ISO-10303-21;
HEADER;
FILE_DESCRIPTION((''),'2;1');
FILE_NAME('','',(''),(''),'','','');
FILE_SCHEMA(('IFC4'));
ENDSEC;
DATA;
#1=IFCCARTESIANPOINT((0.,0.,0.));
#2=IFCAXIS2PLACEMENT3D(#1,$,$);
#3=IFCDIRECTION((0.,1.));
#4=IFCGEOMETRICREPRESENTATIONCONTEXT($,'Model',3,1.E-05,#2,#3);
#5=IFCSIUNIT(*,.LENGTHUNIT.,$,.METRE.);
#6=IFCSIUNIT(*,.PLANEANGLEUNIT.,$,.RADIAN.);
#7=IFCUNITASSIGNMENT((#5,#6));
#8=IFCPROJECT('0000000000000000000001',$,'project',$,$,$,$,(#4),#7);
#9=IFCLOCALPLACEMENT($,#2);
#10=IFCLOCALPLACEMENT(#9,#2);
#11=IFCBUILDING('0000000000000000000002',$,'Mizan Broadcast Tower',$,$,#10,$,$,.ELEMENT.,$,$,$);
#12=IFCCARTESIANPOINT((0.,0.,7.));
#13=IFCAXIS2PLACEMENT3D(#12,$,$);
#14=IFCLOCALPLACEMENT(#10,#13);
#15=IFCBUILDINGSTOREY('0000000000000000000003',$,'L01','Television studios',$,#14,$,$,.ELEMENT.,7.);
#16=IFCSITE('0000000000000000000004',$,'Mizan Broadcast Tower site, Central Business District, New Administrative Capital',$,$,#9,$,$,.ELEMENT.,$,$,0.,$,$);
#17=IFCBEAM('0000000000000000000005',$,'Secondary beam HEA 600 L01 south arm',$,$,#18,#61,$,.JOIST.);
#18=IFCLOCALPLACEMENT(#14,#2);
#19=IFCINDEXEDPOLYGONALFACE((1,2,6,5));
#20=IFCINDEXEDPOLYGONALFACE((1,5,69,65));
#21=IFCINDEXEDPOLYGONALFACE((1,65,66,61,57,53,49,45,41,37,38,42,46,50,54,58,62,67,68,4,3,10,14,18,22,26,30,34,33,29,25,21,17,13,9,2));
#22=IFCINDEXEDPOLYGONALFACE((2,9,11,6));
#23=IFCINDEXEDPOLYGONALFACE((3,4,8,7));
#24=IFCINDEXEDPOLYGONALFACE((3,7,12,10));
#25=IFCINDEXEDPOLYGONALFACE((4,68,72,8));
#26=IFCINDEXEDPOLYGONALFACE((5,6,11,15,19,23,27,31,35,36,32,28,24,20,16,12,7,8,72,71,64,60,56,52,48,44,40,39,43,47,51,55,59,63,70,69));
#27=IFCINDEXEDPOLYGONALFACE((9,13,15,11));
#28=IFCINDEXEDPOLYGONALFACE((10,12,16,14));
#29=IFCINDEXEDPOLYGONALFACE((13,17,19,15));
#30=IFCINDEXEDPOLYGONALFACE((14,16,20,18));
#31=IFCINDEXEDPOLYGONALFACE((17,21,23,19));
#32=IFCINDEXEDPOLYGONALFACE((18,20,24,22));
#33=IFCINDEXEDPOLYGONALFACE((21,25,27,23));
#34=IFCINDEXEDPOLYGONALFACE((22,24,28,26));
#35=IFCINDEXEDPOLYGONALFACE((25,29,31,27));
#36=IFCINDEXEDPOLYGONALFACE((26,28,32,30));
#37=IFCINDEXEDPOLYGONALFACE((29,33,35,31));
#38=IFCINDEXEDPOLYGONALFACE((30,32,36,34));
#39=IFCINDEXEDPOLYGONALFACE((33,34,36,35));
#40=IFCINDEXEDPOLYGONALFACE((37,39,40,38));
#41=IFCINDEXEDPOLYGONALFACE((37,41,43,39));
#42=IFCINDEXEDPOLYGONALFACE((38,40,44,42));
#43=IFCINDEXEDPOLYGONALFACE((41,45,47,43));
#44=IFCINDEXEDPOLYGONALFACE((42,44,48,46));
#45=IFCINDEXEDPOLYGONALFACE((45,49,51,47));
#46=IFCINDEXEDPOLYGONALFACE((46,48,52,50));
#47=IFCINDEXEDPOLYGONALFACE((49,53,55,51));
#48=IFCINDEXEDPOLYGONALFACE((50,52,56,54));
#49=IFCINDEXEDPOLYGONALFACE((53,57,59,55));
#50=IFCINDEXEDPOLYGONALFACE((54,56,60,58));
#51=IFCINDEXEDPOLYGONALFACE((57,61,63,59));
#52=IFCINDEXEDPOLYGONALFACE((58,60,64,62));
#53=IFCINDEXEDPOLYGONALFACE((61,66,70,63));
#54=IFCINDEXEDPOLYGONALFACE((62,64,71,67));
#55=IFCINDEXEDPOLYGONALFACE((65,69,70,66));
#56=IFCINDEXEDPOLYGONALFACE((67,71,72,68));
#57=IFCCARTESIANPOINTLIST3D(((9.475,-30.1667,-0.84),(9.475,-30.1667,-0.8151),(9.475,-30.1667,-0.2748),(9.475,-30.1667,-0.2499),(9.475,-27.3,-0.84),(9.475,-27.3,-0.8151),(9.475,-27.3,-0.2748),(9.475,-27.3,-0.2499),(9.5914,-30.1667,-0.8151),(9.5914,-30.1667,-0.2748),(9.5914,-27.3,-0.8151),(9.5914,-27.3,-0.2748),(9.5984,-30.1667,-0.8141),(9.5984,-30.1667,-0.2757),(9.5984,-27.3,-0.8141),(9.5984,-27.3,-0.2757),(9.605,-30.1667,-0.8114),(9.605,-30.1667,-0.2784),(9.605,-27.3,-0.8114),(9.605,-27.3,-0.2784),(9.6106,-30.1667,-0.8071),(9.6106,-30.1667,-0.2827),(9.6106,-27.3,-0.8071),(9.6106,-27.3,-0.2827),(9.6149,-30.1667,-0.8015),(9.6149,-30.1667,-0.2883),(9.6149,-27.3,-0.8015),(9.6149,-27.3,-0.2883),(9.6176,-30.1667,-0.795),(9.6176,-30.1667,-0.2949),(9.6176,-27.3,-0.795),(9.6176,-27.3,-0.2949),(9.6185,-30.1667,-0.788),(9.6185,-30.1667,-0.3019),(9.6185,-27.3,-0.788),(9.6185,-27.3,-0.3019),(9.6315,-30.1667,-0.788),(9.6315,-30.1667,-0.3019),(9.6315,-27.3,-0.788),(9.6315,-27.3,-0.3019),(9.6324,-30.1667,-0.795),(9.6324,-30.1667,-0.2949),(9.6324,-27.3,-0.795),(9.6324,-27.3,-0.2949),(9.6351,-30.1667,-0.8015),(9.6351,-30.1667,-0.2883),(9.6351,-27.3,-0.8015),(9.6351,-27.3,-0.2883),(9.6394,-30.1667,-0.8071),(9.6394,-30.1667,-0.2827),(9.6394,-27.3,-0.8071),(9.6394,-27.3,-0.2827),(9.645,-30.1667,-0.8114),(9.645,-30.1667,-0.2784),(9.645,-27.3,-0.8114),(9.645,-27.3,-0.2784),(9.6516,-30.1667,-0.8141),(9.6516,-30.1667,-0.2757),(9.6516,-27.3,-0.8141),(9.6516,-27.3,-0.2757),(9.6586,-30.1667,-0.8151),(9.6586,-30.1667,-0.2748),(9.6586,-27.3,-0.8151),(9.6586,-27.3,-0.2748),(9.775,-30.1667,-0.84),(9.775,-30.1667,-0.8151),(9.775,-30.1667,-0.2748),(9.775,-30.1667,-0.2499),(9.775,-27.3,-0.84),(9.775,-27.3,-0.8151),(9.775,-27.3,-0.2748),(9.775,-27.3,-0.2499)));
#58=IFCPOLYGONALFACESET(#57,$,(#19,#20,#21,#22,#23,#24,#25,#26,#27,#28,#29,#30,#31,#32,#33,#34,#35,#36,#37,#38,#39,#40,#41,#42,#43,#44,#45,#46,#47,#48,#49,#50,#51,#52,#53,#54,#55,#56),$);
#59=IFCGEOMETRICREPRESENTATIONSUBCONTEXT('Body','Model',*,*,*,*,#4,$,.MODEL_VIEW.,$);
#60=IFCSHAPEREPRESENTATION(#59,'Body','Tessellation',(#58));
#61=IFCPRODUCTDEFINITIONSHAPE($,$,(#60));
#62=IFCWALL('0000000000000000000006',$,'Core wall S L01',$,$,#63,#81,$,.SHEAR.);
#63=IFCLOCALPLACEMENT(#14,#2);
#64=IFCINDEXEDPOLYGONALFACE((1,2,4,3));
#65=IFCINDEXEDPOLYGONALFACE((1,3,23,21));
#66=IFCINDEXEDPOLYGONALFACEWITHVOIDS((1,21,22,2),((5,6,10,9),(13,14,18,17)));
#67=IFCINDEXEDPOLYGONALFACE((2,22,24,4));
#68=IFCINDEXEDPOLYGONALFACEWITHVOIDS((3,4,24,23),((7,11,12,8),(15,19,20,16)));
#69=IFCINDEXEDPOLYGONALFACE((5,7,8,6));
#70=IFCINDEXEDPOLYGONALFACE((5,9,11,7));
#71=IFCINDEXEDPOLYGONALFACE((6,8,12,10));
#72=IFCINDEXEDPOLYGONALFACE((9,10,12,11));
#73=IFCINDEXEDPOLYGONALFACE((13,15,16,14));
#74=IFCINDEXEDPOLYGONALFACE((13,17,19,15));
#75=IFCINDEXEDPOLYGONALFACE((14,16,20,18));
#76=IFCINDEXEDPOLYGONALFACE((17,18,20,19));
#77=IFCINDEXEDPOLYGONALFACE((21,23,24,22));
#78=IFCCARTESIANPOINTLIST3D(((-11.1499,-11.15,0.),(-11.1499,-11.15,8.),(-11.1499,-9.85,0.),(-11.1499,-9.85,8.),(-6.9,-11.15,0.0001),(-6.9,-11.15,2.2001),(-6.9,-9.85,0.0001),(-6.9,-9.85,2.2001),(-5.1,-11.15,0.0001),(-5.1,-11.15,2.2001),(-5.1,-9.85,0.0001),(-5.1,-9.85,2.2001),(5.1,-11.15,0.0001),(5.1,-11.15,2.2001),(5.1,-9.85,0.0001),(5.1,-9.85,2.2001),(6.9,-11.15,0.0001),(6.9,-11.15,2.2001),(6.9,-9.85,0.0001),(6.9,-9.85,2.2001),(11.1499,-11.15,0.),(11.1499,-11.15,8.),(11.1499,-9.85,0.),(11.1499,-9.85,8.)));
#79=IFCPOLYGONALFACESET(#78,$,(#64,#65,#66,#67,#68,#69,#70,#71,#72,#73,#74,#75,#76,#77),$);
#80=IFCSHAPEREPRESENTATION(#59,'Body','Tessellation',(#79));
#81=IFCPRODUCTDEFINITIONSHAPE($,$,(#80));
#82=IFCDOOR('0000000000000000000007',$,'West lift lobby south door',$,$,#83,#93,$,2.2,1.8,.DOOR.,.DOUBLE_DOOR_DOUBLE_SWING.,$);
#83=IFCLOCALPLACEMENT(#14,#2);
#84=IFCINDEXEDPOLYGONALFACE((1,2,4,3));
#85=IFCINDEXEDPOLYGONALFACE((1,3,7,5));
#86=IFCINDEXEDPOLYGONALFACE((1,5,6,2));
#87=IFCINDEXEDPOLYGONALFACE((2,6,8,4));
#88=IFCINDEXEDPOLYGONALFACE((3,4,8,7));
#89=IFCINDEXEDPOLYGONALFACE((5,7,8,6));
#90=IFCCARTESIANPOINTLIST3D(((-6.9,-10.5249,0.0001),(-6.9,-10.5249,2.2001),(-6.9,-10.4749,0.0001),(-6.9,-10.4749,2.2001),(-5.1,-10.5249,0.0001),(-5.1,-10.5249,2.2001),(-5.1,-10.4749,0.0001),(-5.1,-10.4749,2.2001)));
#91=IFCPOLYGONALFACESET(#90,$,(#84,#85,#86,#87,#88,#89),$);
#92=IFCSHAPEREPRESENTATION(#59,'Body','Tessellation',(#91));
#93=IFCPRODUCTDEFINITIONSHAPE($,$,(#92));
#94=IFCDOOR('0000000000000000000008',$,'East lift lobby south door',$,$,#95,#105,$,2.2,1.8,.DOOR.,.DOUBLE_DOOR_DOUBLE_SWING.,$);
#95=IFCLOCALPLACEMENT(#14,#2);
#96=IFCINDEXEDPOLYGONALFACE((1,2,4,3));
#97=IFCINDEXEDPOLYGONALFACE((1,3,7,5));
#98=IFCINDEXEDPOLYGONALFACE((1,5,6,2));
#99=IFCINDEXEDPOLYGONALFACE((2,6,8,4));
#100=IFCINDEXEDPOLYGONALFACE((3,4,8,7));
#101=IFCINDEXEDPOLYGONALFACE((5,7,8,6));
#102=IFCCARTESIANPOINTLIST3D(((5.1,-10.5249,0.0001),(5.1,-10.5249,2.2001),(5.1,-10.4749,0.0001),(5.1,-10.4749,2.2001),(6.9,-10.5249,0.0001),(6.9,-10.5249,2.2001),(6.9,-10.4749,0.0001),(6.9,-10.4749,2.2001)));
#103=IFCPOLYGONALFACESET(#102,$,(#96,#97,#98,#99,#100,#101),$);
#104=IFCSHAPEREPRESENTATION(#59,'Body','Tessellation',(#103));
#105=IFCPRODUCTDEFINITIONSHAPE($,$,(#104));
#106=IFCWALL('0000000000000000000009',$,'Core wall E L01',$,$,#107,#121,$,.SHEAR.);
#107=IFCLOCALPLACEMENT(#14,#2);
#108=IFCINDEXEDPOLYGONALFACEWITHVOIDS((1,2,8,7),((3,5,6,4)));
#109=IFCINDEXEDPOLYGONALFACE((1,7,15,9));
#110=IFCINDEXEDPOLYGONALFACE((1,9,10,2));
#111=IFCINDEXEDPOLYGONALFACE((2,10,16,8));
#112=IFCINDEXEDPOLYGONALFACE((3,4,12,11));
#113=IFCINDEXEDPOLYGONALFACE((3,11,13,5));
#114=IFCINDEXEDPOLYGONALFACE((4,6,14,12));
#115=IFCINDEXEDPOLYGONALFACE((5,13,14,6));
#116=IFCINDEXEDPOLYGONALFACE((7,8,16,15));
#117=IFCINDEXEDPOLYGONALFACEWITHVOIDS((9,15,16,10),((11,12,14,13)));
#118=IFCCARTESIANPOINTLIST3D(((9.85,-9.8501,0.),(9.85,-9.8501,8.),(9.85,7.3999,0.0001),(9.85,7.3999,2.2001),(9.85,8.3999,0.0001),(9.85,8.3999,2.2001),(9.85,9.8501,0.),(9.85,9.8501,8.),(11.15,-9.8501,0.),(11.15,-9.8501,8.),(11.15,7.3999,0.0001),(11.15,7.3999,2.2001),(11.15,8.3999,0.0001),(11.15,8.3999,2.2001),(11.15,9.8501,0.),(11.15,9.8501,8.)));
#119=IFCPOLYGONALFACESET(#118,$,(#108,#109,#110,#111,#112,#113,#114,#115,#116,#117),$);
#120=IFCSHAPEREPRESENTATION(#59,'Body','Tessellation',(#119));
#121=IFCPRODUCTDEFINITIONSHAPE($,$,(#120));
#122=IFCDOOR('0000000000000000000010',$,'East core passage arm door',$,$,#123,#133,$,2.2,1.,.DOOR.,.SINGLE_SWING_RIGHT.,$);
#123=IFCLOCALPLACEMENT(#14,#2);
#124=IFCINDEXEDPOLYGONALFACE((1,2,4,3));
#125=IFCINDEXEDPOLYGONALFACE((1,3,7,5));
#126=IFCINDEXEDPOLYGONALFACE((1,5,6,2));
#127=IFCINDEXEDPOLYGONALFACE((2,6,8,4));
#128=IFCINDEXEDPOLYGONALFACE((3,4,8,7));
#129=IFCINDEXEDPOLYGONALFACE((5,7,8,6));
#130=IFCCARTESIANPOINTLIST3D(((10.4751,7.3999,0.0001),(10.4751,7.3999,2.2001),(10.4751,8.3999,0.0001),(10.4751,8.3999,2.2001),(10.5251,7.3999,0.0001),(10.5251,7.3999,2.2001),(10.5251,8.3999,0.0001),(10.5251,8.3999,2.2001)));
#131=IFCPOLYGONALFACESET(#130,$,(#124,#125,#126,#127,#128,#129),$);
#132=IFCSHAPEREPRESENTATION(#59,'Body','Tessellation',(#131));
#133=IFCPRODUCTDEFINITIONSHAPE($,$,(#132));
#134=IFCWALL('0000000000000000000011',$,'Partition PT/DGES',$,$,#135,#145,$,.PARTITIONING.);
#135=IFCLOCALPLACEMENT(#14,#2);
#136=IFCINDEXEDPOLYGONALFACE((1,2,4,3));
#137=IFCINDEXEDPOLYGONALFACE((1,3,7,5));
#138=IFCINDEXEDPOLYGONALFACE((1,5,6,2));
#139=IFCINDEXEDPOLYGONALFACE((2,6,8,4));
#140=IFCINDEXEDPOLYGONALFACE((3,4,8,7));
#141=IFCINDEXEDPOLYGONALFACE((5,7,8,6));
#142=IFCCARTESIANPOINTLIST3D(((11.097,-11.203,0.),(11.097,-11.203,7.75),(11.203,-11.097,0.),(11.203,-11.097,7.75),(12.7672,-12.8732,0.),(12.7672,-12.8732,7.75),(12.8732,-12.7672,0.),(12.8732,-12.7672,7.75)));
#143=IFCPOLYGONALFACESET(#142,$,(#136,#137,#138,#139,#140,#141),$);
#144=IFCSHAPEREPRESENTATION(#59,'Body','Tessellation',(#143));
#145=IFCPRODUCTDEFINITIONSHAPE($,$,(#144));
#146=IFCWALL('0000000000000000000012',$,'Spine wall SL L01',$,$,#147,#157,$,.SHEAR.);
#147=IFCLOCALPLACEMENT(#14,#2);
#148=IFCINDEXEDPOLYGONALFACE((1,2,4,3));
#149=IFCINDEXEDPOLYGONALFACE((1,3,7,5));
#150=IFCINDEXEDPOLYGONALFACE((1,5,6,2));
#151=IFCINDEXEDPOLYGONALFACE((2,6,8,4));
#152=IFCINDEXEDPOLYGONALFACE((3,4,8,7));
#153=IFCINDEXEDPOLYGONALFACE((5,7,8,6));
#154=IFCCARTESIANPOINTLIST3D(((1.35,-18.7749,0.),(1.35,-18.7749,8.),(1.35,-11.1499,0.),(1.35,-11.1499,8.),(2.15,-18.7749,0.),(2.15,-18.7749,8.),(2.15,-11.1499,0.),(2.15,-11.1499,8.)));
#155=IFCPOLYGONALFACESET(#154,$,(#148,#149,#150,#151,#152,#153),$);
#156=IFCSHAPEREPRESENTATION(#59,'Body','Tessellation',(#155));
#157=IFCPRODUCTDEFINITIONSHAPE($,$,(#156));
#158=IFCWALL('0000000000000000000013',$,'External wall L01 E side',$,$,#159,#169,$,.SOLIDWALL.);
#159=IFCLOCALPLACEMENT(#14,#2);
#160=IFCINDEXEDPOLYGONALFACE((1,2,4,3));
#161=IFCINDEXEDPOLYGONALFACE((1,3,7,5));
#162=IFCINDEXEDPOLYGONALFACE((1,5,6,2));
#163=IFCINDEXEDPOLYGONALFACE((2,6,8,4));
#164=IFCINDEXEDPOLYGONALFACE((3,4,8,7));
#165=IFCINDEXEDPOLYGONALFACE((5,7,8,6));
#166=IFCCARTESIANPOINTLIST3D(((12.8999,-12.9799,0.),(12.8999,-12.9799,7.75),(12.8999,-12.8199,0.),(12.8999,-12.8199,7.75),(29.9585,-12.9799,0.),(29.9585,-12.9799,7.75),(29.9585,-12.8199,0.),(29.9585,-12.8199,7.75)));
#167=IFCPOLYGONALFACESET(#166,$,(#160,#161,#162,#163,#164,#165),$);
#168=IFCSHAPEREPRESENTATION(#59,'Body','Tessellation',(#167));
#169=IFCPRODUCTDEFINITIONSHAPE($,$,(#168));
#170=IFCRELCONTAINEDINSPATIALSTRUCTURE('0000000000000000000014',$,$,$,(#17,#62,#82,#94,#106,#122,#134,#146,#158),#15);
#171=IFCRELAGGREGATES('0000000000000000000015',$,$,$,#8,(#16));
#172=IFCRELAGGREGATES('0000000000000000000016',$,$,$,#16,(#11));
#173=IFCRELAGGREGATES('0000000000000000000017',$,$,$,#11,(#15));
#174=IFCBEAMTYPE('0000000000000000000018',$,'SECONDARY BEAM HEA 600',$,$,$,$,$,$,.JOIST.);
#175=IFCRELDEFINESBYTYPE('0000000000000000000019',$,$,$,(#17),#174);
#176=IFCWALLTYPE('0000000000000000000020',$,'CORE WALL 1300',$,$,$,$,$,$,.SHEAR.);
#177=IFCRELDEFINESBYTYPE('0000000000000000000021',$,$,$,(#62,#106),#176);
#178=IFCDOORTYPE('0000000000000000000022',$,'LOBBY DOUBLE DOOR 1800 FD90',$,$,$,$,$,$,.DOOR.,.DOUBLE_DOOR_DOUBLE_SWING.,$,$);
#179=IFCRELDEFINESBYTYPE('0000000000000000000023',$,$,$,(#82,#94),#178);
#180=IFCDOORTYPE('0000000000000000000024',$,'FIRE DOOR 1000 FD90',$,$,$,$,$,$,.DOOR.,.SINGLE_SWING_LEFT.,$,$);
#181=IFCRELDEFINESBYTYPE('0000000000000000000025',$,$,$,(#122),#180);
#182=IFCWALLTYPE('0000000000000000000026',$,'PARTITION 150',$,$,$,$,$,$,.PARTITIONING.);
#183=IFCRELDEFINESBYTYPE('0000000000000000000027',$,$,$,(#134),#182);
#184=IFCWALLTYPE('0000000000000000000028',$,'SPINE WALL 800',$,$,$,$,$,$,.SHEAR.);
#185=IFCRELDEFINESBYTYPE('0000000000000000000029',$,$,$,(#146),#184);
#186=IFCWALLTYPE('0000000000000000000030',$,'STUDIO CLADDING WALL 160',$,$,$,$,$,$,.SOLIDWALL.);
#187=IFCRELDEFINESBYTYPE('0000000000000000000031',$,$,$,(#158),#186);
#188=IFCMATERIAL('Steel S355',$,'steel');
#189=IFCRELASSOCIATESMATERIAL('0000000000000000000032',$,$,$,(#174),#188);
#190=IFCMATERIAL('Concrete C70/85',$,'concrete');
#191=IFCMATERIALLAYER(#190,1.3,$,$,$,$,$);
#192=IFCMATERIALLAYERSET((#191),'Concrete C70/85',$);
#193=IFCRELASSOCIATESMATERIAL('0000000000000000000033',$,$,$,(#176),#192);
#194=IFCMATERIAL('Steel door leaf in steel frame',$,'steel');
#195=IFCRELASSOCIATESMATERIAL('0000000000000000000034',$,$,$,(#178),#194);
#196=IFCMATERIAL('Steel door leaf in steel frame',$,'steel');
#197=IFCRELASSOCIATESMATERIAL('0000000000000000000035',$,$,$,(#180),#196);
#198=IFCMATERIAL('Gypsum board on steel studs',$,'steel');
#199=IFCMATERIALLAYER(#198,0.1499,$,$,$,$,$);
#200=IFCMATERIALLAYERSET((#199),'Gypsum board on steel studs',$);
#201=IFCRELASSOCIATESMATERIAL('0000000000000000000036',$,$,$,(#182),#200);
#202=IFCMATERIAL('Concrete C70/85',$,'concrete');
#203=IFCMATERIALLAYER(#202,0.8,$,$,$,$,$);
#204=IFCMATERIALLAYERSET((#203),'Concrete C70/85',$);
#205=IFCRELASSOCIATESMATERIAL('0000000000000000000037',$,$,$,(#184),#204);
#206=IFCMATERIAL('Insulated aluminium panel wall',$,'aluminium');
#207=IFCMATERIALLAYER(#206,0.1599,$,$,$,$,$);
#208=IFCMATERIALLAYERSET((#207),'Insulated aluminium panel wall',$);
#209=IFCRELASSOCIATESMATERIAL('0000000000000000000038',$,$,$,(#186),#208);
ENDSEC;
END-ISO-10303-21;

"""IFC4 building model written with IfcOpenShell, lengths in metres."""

from ifc_helpers import new_model, si_unit, direction, frame, frame_2d, origin, origin_2d, place, context, subcontext, project, spatial, rectangle, i_section, extrude, material, layer, layer_set, material_profile, profile_set, type_object, element, fill, save


model = new_model("IFC4")

# Units and contexts
model_context = context("Model", 3, precision=1e-05, world=origin(), true_north=direction((0.0, 1.0)))
body_context = subcontext(model_context, "Body", "Model", "MODEL_VIEW")
ifc_project = project(units=[si_unit("LENGTHUNIT", "METRE"), si_unit("PLANEANGLEUNIT", "RADIAN")], contexts=[model_context])

# Site, building, storey
site_placement = place(None, origin())
site = spatial("IfcSite", under=ifc_project, at=site_placement, Name="Mizan Broadcast Tower site, Central Business District, New Administrative Capital", CompositionType="ELEMENT", RefElevation=0.0)
building_placement = place(site_placement, origin())
building = spatial("IfcBuilding", under=site, at=building_placement, Name="Mizan Broadcast Tower", CompositionType="ELEMENT")
storey_placement = place(building_placement, frame((0.0, 0.0, 7.0)))
storey = spatial("IfcBuildingStorey", under=building, at=storey_placement, Name="L01", Description="Television studios", CompositionType="ELEMENT", Elevation=7.0)

# Beam
ifc_material_1 = material(Name="Steel S355", Category="steel")
ifc_material_profile_1 = material_profile(ifc_material_1, i_section(OverallWidth=0.3, OverallDepth=0.5901, WebThickness=0.0129, FlangeThickness=0.0249, FilletRadius=0.0271, at=origin_2d()), Name="HEA 600")
ifc_profile_set_1 = profile_set([ifc_material_profile_1], Name="Steel S355")
beam_type_1 = type_object("IfcBeamType", Name="SECONDARY BEAM HEA 600", PredefinedType="JOIST", material=ifc_profile_set_1)
beam_1_placement = place(storey_placement, frame((9.625, -27.3, -0.5449), z_axis=(0.0, -1.0, 0.0), x_axis=(1.0, 0.0, 0.0)))
element("IfcBeam", 1, at=beam_1_placement, inside=storey, type_object=beam_type_1, Name="Secondary beam HEA 600 L01 south arm", PredefinedType="JOIST", context=body_context, shape_type="SweptSolid", body=[
    extrude(i_section(OverallWidth=0.3, OverallDepth=0.5901, WebThickness=0.0129, FlangeThickness=0.0249, FilletRadius=0.0271, at=origin_2d()), origin(), (0.0, 0.0, 1.0), 2.8667),
])

# Wall, openings, doors
ifc_material_2 = material(Name="Concrete C70/85", Category="concrete")
ifc_layer_1 = layer(ifc_material_2, 1.3)
ifc_layer_set_1 = layer_set([ifc_layer_1], Name="Concrete C70/85")
wall_type_1 = type_object("IfcWallType", Name="CORE WALL 1300", PredefinedType="SHEAR", material=ifc_layer_set_1)
wall_1_placement = place(storey_placement, frame((11.1499, -10.5, 0.0), z_axis=(0.0, 0.0, 1.0), x_axis=(-1.0, 0.0, 0.0)))
wall_1 = element("IfcWall", 2, at=wall_1_placement, inside=storey, type_object=wall_type_1, Name="Core wall S L01", PredefinedType="SHEAR", context=body_context, shape_type="SweptSolid", body=[
    extrude(rectangle(XDim=22.2998, YDim=1.3, at=frame_2d((11.1499, 0.0))), origin(), (0.0, 0.0, 1.0), 8.0),
])
opening_1_placement = place(wall_1_placement, frame((16.25, 0.0, 0.0)))
opening_1 = element("IfcOpeningElement", 3, at=opening_1_placement, cuts=wall_1, PredefinedType="OPENING", context=body_context, shape_type="SweptSolid", body=[
    extrude(rectangle(XDim=1.8, YDim=2.2, at=frame_2d((0.8999, 1.1001))), frame((0.0, 0.6599, 0.0), z_axis=(0.0, -1.0, 0.0), x_axis=(1.0, 0.0, 0.0)), (0.0, 0.0, 1.0), 1.3201),
])
opening_2_placement = place(wall_1_placement, frame((4.25, 0.0, 0.0)))
opening_2 = element("IfcOpeningElement", 4, at=opening_2_placement, cuts=wall_1, PredefinedType="OPENING", context=body_context, shape_type="SweptSolid", body=[
    extrude(rectangle(XDim=1.8, YDim=2.2, at=frame_2d((0.8999, 1.1001))), frame((0.0, 0.6599, 0.0), z_axis=(0.0, -1.0, 0.0), x_axis=(1.0, 0.0, 0.0)), (0.0, 0.0, 1.0), 1.3201),
])
ifc_material_3 = material(Name="Steel door leaf in steel frame", Category="steel")
door_type_1 = type_object("IfcDoorType", Name="LOBBY DOUBLE DOOR 1800 FD90", OperationType="DOUBLE_DOOR_DOUBLE_SWING", PredefinedType="DOOR", material=ifc_material_3)
door_1_placement = place(opening_1_placement, origin())
door_1 = element("IfcDoor", 5, at=door_1_placement, inside=storey, type_object=door_type_1, Name="West lift lobby south door", OperationType="DOUBLE_DOOR_DOUBLE_SWING", OverallHeight=2.2, OverallWidth=1.8, PredefinedType="DOOR", context=body_context, shape_type="SweptSolid", body=[
    extrude(rectangle(XDim=1.8, YDim=2.2, at=frame_2d((0.8999, 1.1001))), frame((0.0, 0.0249, 0.0), z_axis=(0.0, -1.0, 0.0), x_axis=(1.0, 0.0, 0.0)), (0.0, 0.0, 1.0), 0.05),
])
fill(opening_1, door_1)
door_2_placement = place(opening_2_placement, origin())
door_2 = element("IfcDoor", 6, at=door_2_placement, inside=storey, type_object=door_type_1, Name="East lift lobby south door", OperationType="DOUBLE_DOOR_DOUBLE_SWING", OverallHeight=2.2, OverallWidth=1.8, PredefinedType="DOOR", context=body_context, shape_type="SweptSolid", body=[
    extrude(rectangle(XDim=1.8, YDim=2.2, at=frame_2d((0.8999, 1.1001))), frame((0.0, 0.0249, 0.0), z_axis=(0.0, -1.0, 0.0), x_axis=(1.0, 0.0, 0.0)), (0.0, 0.0, 1.0), 0.05),
])
fill(opening_2, door_2)

# Wall, opening, door
wall_2_placement = place(storey_placement, frame((10.5, -9.8501, 0.0), z_axis=(0.0, 0.0, 1.0), x_axis=(0.0, 1.0, 0.0)))
wall_2 = element("IfcWall", 7, at=wall_2_placement, inside=storey, type_object=wall_type_1, Name="Core wall E L01", PredefinedType="SHEAR", context=body_context, shape_type="SweptSolid", body=[
    extrude(rectangle(XDim=19.7002, YDim=1.3, at=frame_2d((9.8501, 0.0))), origin(), (0.0, 0.0, 1.0), 8.0),
])
opening_3_placement = place(wall_2_placement, frame((17.25, 0.0, 0.0)))
opening_3 = element("IfcOpeningElement", 8, at=opening_3_placement, cuts=wall_2, PredefinedType="OPENING", context=body_context, shape_type="SweptSolid", body=[
    extrude(rectangle(XDim=1.0, YDim=2.2, at=frame_2d((0.5, 1.1001))), frame((0.0, 0.6599, 0.0), z_axis=(0.0, -1.0, 0.0), x_axis=(1.0, 0.0, 0.0)), (0.0, 0.0, 1.0), 1.3201),
])
ifc_material_4 = material(Name="Steel door leaf in steel frame", Category="steel")
door_type_2 = type_object("IfcDoorType", Name="FIRE DOOR 1000 FD90", OperationType="SINGLE_SWING_LEFT", PredefinedType="DOOR", material=ifc_material_4)
door_3_placement = place(opening_3_placement, origin())
door_3 = element("IfcDoor", 9, at=door_3_placement, inside=storey, type_object=door_type_2, Name="East core passage arm door", OperationType="SINGLE_SWING_RIGHT", OverallHeight=2.2, OverallWidth=1.0, PredefinedType="DOOR", context=body_context, shape_type="SweptSolid", body=[
    extrude(rectangle(XDim=1.0, YDim=2.2, at=frame_2d((0.5, 1.1001))), frame((0.0, 0.0249, 0.0), z_axis=(0.0, -1.0, 0.0), x_axis=(1.0, 0.0, 0.0)), (0.0, 0.0, 1.0), 0.05),
])
fill(opening_3, door_3)

# Walls
ifc_material_5 = material(Name="Gypsum board on steel studs", Category="steel")
ifc_layer_2 = layer(ifc_material_5, 0.1499)
ifc_layer_set_2 = layer_set([ifc_layer_2], Name="Gypsum board on steel studs")
wall_type_2 = type_object("IfcWallType", Name="PARTITION 150", PredefinedType="PARTITIONING", material=ifc_layer_set_2)
wall_3_placement = place(storey_placement, frame((11.1499, -11.1499, 0.0), z_axis=(0.0, 0.0, 1.0), x_axis=(0.707107, -0.707107, 0.0)))
element("IfcWall", 10, at=wall_3_placement, inside=storey, type_object=wall_type_2, Name="Partition PT/DGES", PredefinedType="PARTITIONING", context=body_context, shape_type="SweptSolid", body=[
    extrude(rectangle(XDim=2.3621, YDim=0.1499, at=frame_2d((1.1812, 0.0))), origin(), (0.0, 0.0, 1.0), 7.75),
])
ifc_material_6 = material(Name="Concrete C70/85", Category="concrete")
ifc_layer_3 = layer(ifc_material_6, 0.8)
ifc_layer_set_3 = layer_set([ifc_layer_3], Name="Concrete C70/85")
wall_type_3 = type_object("IfcWallType", Name="SPINE WALL 800", PredefinedType="SHEAR", material=ifc_layer_set_3)
wall_4_placement = place(storey_placement, frame((1.75, -11.1499, 0.0), z_axis=(0.0, 0.0, 1.0), x_axis=(0.0, -1.0, 0.0)))
element("IfcWall", 11, at=wall_4_placement, inside=storey, type_object=wall_type_3, Name="Spine wall SL L01", PredefinedType="SHEAR", context=body_context, shape_type="SweptSolid", body=[
    extrude(rectangle(XDim=7.625, YDim=0.8, at=frame_2d((3.8125, 0.0))), origin(), (0.0, 0.0, 1.0), 8.0),
])
ifc_material_7 = material(Name="Insulated aluminium panel wall", Category="aluminium")
ifc_layer_4 = layer(ifc_material_7, 0.1599)
ifc_layer_set_4 = layer_set([ifc_layer_4], Name="Insulated aluminium panel wall")
wall_type_4 = type_object("IfcWallType", Name="STUDIO CLADDING WALL 160", PredefinedType="SOLIDWALL", material=ifc_layer_set_4)
wall_5_placement = place(storey_placement, frame((12.8999, -12.8999, 0.0), z_axis=(0.0, 0.0, 1.0), x_axis=(1.0, 0.0, 0.0)))
element("IfcWall", 12, at=wall_5_placement, inside=storey, type_object=wall_type_4, Name="External wall L01 E side", PredefinedType="SOLIDWALL", context=body_context, shape_type="SweptSolid", body=[
    extrude(rectangle(XDim=17.0586, YDim=0.1599, at=frame_2d((8.5293, 0.0))), origin(), (0.0, 0.0, 1.0), 7.75),
])

save(model, "model.ifc")
